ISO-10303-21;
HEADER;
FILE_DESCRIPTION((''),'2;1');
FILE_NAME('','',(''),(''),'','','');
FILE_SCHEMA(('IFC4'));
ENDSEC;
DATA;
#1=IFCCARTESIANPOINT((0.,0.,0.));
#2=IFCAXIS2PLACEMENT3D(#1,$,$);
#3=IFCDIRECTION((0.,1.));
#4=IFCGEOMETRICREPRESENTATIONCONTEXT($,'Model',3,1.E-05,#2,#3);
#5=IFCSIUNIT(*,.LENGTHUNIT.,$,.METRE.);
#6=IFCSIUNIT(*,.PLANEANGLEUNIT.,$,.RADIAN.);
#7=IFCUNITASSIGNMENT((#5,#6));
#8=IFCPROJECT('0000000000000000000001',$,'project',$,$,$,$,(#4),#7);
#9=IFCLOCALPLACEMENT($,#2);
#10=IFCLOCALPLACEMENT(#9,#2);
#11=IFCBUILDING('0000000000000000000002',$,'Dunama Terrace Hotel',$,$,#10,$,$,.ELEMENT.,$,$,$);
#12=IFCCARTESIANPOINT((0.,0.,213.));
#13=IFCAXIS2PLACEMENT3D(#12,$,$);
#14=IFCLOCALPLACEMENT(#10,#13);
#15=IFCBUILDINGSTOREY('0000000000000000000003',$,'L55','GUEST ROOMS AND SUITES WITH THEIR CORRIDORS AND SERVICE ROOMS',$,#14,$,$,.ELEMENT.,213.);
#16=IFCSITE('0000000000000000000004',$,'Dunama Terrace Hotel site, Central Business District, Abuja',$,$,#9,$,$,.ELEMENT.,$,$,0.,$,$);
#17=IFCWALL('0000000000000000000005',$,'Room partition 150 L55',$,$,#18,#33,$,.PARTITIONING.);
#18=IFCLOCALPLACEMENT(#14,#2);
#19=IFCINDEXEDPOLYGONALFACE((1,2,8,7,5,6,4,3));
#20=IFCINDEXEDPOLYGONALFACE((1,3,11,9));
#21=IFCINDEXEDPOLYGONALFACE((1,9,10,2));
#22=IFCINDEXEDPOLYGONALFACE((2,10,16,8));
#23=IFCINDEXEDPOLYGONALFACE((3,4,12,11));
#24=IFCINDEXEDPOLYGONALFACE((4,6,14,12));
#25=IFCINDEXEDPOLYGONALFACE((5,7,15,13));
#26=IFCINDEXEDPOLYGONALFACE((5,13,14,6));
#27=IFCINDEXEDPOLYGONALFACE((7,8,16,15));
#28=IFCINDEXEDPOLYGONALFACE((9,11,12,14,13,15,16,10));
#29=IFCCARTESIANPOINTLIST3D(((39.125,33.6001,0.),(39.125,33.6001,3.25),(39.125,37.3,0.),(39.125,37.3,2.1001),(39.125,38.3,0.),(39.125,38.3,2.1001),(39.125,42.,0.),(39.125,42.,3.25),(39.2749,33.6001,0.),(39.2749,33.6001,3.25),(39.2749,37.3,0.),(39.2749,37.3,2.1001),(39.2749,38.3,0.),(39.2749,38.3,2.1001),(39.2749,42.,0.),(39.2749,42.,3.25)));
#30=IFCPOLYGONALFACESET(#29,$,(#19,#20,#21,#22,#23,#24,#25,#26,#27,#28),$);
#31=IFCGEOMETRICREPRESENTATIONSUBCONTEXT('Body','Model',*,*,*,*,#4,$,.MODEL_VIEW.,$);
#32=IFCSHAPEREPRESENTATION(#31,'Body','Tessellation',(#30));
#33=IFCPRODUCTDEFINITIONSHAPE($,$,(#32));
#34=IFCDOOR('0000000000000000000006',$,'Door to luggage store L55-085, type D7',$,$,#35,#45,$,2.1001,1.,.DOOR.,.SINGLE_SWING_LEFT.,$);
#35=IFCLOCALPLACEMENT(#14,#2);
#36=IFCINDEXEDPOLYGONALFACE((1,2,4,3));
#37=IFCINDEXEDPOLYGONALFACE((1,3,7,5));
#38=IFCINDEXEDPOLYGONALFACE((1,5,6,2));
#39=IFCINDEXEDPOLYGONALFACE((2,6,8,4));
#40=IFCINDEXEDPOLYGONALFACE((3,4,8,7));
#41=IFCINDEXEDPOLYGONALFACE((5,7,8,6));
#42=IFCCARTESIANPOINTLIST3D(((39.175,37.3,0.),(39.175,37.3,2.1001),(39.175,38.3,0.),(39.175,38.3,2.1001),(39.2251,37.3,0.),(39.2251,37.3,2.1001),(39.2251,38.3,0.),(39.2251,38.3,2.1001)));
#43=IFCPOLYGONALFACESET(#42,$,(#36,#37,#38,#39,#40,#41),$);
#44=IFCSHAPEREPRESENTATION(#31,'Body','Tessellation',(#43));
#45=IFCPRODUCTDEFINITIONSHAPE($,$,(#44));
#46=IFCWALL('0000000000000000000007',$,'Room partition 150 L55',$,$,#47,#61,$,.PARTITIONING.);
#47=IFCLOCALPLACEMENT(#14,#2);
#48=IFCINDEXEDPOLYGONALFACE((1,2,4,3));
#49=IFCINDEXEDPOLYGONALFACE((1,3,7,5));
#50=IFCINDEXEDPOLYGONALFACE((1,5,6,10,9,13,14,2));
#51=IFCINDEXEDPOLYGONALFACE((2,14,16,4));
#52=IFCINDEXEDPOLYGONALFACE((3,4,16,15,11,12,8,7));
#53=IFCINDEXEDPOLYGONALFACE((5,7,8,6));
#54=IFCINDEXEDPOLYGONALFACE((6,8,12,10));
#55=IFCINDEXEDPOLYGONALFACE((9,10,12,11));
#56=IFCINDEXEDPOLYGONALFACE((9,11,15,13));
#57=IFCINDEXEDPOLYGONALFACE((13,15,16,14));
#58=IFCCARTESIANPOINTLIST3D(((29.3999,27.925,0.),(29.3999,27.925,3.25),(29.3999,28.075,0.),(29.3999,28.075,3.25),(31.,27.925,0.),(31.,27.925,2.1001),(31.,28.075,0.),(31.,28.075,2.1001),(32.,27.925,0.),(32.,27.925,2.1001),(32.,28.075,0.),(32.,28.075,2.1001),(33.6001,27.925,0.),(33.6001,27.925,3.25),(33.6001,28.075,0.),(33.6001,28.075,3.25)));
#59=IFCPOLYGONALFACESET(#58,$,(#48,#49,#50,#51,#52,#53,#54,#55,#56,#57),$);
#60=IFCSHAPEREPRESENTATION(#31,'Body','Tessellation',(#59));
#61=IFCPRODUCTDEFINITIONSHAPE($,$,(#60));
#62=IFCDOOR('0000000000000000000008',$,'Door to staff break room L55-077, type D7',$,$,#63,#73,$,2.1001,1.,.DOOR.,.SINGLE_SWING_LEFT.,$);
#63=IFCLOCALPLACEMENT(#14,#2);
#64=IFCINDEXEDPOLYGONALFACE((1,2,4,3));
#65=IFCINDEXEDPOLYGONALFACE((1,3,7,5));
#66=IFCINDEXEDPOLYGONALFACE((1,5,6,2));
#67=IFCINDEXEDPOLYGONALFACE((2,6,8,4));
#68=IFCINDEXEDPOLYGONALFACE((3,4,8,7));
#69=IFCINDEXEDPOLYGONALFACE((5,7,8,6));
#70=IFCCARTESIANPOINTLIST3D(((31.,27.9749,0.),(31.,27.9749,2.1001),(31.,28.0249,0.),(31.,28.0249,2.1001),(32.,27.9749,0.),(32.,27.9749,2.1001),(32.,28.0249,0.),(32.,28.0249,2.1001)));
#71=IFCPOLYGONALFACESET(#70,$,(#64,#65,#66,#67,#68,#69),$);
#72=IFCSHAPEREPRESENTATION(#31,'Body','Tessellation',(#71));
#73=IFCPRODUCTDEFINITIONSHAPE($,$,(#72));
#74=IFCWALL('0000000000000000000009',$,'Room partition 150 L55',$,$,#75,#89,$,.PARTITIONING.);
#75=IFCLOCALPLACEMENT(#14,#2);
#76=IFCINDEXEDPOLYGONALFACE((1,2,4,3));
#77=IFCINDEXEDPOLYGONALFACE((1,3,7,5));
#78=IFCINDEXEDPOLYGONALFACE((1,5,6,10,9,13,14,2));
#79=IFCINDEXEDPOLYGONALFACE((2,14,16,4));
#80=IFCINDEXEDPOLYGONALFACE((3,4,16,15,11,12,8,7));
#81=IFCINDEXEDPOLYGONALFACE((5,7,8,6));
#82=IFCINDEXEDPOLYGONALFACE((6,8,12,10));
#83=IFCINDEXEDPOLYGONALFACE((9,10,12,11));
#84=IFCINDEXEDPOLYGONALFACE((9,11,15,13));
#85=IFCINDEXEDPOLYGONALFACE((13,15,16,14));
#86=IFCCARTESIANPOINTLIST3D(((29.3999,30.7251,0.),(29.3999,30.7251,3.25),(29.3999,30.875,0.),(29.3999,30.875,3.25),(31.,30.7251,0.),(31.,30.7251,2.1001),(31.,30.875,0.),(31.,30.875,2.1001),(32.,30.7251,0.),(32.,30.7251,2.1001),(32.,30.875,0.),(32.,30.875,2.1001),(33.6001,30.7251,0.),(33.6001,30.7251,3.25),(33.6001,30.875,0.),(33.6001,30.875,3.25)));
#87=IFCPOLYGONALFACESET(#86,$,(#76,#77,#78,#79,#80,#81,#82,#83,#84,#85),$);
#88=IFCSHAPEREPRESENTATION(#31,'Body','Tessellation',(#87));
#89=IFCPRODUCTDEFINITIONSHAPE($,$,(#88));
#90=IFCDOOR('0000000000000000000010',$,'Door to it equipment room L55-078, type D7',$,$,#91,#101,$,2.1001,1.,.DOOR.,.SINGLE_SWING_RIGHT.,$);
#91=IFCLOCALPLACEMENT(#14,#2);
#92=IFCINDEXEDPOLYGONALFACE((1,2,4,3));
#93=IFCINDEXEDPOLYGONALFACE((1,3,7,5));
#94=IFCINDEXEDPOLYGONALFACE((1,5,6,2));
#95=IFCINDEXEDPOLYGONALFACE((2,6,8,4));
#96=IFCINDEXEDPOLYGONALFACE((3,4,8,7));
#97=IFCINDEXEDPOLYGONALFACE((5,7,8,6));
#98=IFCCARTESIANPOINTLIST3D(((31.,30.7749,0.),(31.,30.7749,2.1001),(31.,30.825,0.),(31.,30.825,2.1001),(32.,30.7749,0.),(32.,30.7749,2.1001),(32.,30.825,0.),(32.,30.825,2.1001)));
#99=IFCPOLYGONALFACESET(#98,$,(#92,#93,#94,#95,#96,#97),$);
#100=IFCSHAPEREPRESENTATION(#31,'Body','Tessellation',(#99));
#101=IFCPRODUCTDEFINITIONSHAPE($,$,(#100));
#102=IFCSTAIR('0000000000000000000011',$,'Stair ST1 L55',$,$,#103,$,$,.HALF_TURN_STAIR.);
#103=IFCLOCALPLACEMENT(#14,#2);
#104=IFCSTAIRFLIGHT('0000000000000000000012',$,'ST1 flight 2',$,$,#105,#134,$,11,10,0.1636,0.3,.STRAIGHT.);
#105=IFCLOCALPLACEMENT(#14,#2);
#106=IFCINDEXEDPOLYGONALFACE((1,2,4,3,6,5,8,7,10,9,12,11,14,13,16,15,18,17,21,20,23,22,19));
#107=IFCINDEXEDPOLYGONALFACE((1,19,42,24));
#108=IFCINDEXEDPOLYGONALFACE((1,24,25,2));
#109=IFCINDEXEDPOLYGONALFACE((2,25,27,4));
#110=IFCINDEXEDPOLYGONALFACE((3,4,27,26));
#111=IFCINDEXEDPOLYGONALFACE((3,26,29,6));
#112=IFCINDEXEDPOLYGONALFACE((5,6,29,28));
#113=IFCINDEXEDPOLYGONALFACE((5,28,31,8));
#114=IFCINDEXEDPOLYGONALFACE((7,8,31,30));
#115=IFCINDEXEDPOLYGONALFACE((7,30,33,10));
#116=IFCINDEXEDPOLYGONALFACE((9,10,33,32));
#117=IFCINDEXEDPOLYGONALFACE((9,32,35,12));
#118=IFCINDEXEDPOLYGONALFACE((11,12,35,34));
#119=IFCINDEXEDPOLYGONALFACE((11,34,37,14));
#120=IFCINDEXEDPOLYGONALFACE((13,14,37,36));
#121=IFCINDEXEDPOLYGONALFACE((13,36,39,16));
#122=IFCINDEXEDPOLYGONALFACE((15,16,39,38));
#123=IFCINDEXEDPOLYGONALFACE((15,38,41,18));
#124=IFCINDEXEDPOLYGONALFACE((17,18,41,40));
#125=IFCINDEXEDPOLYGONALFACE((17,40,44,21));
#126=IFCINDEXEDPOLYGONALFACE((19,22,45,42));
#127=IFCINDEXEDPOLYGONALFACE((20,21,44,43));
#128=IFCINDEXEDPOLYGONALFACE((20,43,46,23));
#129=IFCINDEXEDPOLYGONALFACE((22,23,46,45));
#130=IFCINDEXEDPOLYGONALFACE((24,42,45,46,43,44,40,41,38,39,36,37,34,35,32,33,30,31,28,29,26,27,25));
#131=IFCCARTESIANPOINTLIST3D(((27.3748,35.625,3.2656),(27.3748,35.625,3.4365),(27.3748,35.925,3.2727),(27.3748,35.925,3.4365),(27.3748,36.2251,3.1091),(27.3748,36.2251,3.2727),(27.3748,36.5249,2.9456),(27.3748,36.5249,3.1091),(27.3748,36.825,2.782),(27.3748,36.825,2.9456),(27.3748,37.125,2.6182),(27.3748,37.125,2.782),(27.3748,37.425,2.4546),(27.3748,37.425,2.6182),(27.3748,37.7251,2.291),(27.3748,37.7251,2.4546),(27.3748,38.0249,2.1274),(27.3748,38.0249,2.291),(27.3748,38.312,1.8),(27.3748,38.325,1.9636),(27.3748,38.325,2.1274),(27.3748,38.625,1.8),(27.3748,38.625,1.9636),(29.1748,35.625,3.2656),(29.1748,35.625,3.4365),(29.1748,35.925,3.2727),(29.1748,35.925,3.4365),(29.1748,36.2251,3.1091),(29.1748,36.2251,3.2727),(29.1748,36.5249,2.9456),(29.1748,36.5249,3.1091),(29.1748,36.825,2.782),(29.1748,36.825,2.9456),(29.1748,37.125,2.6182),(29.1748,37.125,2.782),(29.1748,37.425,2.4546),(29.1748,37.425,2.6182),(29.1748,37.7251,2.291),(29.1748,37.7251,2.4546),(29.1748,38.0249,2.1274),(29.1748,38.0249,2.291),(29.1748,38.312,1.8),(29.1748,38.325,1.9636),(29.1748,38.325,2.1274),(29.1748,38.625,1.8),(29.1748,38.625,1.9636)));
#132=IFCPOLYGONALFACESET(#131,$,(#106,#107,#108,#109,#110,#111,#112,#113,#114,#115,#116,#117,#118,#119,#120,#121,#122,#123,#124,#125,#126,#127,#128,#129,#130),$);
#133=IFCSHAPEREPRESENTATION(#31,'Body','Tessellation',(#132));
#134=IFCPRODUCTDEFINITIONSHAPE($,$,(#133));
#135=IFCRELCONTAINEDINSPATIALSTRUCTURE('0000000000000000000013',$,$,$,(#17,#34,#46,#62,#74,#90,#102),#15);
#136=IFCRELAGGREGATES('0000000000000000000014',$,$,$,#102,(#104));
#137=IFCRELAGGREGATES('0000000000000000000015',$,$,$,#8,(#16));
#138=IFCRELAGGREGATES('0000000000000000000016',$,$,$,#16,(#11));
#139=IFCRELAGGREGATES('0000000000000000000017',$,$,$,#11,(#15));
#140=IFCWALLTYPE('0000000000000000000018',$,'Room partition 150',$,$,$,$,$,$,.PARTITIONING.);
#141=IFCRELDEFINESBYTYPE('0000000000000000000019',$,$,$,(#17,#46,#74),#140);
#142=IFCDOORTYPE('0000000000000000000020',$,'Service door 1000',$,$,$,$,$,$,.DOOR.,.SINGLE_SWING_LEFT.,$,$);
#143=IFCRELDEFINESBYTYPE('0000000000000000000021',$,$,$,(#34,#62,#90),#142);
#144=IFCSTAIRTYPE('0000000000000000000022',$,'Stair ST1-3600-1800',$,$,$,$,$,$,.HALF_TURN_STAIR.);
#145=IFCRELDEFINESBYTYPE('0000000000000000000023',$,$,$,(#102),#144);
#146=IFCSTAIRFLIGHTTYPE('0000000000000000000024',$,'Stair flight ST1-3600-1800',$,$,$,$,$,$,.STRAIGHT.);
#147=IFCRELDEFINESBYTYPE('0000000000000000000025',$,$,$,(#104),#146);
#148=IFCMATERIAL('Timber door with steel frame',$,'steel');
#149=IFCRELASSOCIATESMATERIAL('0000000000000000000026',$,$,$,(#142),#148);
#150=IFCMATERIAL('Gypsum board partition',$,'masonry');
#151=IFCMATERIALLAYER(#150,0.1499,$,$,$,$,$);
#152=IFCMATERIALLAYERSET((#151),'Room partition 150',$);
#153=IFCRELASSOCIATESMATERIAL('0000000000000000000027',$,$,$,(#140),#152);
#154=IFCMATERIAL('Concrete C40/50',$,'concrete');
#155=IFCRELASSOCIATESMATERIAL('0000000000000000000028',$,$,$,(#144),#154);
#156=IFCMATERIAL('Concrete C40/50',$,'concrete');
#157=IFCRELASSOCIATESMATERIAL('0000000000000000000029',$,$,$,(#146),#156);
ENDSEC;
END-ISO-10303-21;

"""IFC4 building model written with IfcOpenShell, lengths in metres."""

from ifc_helpers import new_model, si_unit, direction, frame, frame_2d, origin, place, context, subcontext, project, spatial, polyline, rectangle, outline, extrude, material, layer, layer_set, type_object, element, fill, aggregate, save


model = new_model("IFC4")

# Units and contexts
model_context = context("Model", 3, precision=1e-05, world=origin(), true_north=direction((0.0, 1.0)))
body_context = subcontext(model_context, "Body", "Model", "MODEL_VIEW")
ifc_project = project(units=[si_unit("LENGTHUNIT", "METRE"), si_unit("PLANEANGLEUNIT", "RADIAN")], contexts=[model_context])

# Site, building, storey
site_placement = place(None, origin())
site = spatial("IfcSite", under=ifc_project, at=site_placement, Name="Dunama Terrace Hotel site, Central Business District, Abuja", CompositionType="ELEMENT", RefElevation=0.0)
building_placement = place(site_placement, origin())
building = spatial("IfcBuilding", under=site, at=building_placement, Name="Dunama Terrace Hotel", CompositionType="ELEMENT")
storey_placement = place(building_placement, frame((0.0, 0.0, 213.0)))
storey = spatial("IfcBuildingStorey", under=building, at=storey_placement, Name="L55", Description="GUEST ROOMS AND SUITES WITH THEIR CORRIDORS AND SERVICE ROOMS", CompositionType="ELEMENT", Elevation=213.0)

# Shared definitions
ifc_material_1 = material(Name="Timber door with steel frame", Category="steel")
door_type_1 = type_object("IfcDoorType", Name="Service door 1000", OperationType="SINGLE_SWING_LEFT", PredefinedType="DOOR", material=ifc_material_1)

# Walls, openings, doors
ifc_material_2 = material(Name="Gypsum board partition", Category="masonry")
ifc_layer_1 = layer(ifc_material_2, 0.1499)
ifc_layer_set_1 = layer_set([ifc_layer_1], Name="Room partition 150")
wall_type_1 = type_object("IfcWallType", Name="Room partition 150", PredefinedType="PARTITIONING", material=ifc_layer_set_1)
wall_1_placement = place(storey_placement, frame((39.2, 33.6001, 0.0), z_axis=(0.0, 0.0, 1.0), x_axis=(0.0, 1.0, 0.0)))
wall_1 = element("IfcWall", 1, at=wall_1_placement, inside=storey, type_object=wall_type_1, Name="Room partition 150 L55", PredefinedType="PARTITIONING", context=body_context, shape_type="SweptSolid", body=[
    extrude(rectangle(XDim=8.3999, YDim=0.1499, at=frame_2d((4.2, 0.0))), origin(), (0.0, 0.0, 1.0), 3.25),
])
opening_1_placement = place(wall_1_placement, frame((3.7, 0.0, 0.0)))
opening_1 = element("IfcOpeningElement", 2, at=opening_1_placement, cuts=wall_1, PredefinedType="OPENING", context=body_context, shape_type="SweptSolid", body=[
    extrude(rectangle(XDim=1.0, YDim=2.1001, at=frame_2d((0.5, 1.05))), frame((0.0, 0.085, 0.0), z_axis=(0.0, -1.0, 0.0), x_axis=(1.0, 0.0, 0.0)), (0.0, 0.0, 1.0), 0.1699),
])
door_1_placement = place(opening_1_placement, origin())
door_1 = element("IfcDoor", 3, at=door_1_placement, inside=storey, type_object=door_type_1, Name="Door to luggage store L55-085, type D7", OperationType="SINGLE_SWING_LEFT", OverallHeight=2.1001, OverallWidth=1.0, PredefinedType="DOOR", context=body_context, shape_type="SweptSolid", body=[
    extrude(rectangle(XDim=1.0, YDim=2.1001, at=frame_2d((0.5, 1.05))), frame((0.0, 0.0249, 0.0), z_axis=(0.0, -1.0, 0.0), x_axis=(1.0, 0.0, 0.0)), (0.0, 0.0, 1.0), 0.05),
])
fill(opening_1, door_1)
wall_2_placement = place(storey_placement, frame((29.3999, 28.0, 0.0), z_axis=(0.0, 0.0, 1.0), x_axis=(1.0, 0.0, 0.0)))
wall_2 = element("IfcWall", 4, at=wall_2_placement, inside=storey, type_object=wall_type_1, Name="Room partition 150 L55", PredefinedType="PARTITIONING", context=body_context, shape_type="SweptSolid", body=[
    extrude(rectangle(XDim=4.2002, YDim=0.1499, at=frame_2d((2.1001, 0.0))), origin(), (0.0, 0.0, 1.0), 3.25),
])
opening_2_placement = place(wall_2_placement, frame((1.6001, 0.0, 0.0)))
opening_2 = element("IfcOpeningElement", 5, at=opening_2_placement, cuts=wall_2, PredefinedType="OPENING", context=body_context, shape_type="SweptSolid", body=[
    extrude(rectangle(XDim=1.0, YDim=2.1001, at=frame_2d((0.5, 1.05))), frame((0.0, 0.085, 0.0), z_axis=(0.0, -1.0, 0.0), x_axis=(1.0, 0.0, 0.0)), (0.0, 0.0, 1.0), 0.1699),
])
door_2_placement = place(opening_2_placement, frame((1.0, 0.0, 0.0), z_axis=(0.0, 0.0, 1.0), x_axis=(-1.0, 0.0, 0.0)))
door_2 = element("IfcDoor", 6, at=door_2_placement, inside=storey, type_object=door_type_1, Name="Door to staff break room L55-077, type D7", OperationType="SINGLE_SWING_LEFT", OverallHeight=2.1001, OverallWidth=1.0, PredefinedType="DOOR", context=body_context, shape_type="SweptSolid", body=[
    extrude(rectangle(XDim=1.0, YDim=2.1001, at=frame_2d((0.5, 1.05))), frame((0.0, 0.0251, 0.0), z_axis=(0.0, -1.0, 0.0), x_axis=(1.0, 0.0, 0.0)), (0.0, 0.0, 1.0), 0.05),
])
fill(opening_2, door_2)
wall_3_placement = place(storey_placement, frame((29.3999, 30.8, 0.0), z_axis=(0.0, 0.0, 1.0), x_axis=(1.0, 0.0, 0.0)))
wall_3 = element("IfcWall", 7, at=wall_3_placement, inside=storey, type_object=wall_type_1, Name="Room partition 150 L55", PredefinedType="PARTITIONING", context=body_context, shape_type="SweptSolid", body=[
    extrude(rectangle(XDim=4.2002, YDim=0.1499, at=frame_2d((2.1001, 0.0))), origin(), (0.0, 0.0, 1.0), 3.25),
])
opening_3_placement = place(wall_3_placement, frame((1.6001, 0.0, 0.0)))
opening_3 = element("IfcOpeningElement", 8, at=opening_3_placement, cuts=wall_3, PredefinedType="OPENING", context=body_context, shape_type="SweptSolid", body=[
    extrude(rectangle(XDim=1.0, YDim=2.1001, at=frame_2d((0.5, 1.05))), frame((0.0, 0.085, 0.0), z_axis=(0.0, -1.0, 0.0), x_axis=(1.0, 0.0, 0.0)), (0.0, 0.0, 1.0), 0.1699),
])
door_3_placement = place(opening_3_placement, origin())
door_3 = element("IfcDoor", 9, at=door_3_placement, inside=storey, type_object=door_type_1, Name="Door to it equipment room L55-078, type D7", OperationType="SINGLE_SWING_RIGHT", OverallHeight=2.1001, OverallWidth=1.0, PredefinedType="DOOR", context=body_context, shape_type="SweptSolid", body=[
    extrude(rectangle(XDim=1.0, YDim=2.1001, at=frame_2d((0.5, 1.05))), frame((0.0, 0.0249, 0.0), z_axis=(0.0, -1.0, 0.0), x_axis=(1.0, 0.0, 0.0)), (0.0, 0.0, 1.0), 0.05),
])
fill(opening_3, door_3)

# Stair, stair flight
ifc_material_3 = material(Name="Concrete C40/50", Category="concrete")
stair_type = type_object("IfcStairType", Name="Stair ST1-3600-1800", PredefinedType="HALF_TURN_STAIR", material=ifc_material_3)
stair_placement = place(storey_placement, origin())
stair = element("IfcStair", 10, at=stair_placement, inside=storey, type_object=stair_type, Name="Stair ST1 L55", PredefinedType="HALF_TURN_STAIR")
ifc_material_4 = material(Name="Concrete C40/50", Category="concrete")
stair_flight_type = type_object("IfcStairFlightType", Name="Stair flight ST1-3600-1800", PredefinedType="STRAIGHT", material=ifc_material_4)
stair_flight_placement = place(storey_placement, frame((28.2749, 38.625, 1.8), z_axis=(0.0, 0.0, 1.0), x_axis=(0.0, -1.0, 0.0)))
stair_flight = element("IfcStairFlight", 11, at=stair_flight_placement, type_object=stair_flight_type, Name="ST1 flight 2", NumberOfRisers=11, NumberOfTreads=10, PredefinedType="STRAIGHT", RiserHeight=0.1636, TreadLength=0.3, context=body_context, shape_type="SweptSolid", body=[
    extrude(outline(polyline([(0.0, 0.0), (0.0, 0.1636), (0.3, 0.1636), (0.3, 0.3274), (0.6001, 0.3274), (0.6001, 0.491), (0.8999, 0.491), (0.8999, 0.6545), (1.2, 0.6545), (1.2, 0.8181), (1.5, 0.8181), (1.5, 0.9819), (1.8, 0.9819), (1.8, 1.1455), (2.1001, 1.1455), (2.1001, 1.3091), (2.3999, 1.3091), (2.3999, 1.4727), (2.7, 1.4727), (2.7, 1.6365), (3.0, 1.6365), (3.0, 1.8), (3.0, 1.4656), (0.313, 0.0), (0.0, 0.0)])), frame((0.0, 0.8999, 0.0), z_axis=(0.0, -1.0, 0.0), x_axis=(1.0, 0.0, 0.0)), (0.0, 0.0, 1.0), 1.8),
])
aggregate(stair, [stair_flight])

save(model, "model.ifc")
